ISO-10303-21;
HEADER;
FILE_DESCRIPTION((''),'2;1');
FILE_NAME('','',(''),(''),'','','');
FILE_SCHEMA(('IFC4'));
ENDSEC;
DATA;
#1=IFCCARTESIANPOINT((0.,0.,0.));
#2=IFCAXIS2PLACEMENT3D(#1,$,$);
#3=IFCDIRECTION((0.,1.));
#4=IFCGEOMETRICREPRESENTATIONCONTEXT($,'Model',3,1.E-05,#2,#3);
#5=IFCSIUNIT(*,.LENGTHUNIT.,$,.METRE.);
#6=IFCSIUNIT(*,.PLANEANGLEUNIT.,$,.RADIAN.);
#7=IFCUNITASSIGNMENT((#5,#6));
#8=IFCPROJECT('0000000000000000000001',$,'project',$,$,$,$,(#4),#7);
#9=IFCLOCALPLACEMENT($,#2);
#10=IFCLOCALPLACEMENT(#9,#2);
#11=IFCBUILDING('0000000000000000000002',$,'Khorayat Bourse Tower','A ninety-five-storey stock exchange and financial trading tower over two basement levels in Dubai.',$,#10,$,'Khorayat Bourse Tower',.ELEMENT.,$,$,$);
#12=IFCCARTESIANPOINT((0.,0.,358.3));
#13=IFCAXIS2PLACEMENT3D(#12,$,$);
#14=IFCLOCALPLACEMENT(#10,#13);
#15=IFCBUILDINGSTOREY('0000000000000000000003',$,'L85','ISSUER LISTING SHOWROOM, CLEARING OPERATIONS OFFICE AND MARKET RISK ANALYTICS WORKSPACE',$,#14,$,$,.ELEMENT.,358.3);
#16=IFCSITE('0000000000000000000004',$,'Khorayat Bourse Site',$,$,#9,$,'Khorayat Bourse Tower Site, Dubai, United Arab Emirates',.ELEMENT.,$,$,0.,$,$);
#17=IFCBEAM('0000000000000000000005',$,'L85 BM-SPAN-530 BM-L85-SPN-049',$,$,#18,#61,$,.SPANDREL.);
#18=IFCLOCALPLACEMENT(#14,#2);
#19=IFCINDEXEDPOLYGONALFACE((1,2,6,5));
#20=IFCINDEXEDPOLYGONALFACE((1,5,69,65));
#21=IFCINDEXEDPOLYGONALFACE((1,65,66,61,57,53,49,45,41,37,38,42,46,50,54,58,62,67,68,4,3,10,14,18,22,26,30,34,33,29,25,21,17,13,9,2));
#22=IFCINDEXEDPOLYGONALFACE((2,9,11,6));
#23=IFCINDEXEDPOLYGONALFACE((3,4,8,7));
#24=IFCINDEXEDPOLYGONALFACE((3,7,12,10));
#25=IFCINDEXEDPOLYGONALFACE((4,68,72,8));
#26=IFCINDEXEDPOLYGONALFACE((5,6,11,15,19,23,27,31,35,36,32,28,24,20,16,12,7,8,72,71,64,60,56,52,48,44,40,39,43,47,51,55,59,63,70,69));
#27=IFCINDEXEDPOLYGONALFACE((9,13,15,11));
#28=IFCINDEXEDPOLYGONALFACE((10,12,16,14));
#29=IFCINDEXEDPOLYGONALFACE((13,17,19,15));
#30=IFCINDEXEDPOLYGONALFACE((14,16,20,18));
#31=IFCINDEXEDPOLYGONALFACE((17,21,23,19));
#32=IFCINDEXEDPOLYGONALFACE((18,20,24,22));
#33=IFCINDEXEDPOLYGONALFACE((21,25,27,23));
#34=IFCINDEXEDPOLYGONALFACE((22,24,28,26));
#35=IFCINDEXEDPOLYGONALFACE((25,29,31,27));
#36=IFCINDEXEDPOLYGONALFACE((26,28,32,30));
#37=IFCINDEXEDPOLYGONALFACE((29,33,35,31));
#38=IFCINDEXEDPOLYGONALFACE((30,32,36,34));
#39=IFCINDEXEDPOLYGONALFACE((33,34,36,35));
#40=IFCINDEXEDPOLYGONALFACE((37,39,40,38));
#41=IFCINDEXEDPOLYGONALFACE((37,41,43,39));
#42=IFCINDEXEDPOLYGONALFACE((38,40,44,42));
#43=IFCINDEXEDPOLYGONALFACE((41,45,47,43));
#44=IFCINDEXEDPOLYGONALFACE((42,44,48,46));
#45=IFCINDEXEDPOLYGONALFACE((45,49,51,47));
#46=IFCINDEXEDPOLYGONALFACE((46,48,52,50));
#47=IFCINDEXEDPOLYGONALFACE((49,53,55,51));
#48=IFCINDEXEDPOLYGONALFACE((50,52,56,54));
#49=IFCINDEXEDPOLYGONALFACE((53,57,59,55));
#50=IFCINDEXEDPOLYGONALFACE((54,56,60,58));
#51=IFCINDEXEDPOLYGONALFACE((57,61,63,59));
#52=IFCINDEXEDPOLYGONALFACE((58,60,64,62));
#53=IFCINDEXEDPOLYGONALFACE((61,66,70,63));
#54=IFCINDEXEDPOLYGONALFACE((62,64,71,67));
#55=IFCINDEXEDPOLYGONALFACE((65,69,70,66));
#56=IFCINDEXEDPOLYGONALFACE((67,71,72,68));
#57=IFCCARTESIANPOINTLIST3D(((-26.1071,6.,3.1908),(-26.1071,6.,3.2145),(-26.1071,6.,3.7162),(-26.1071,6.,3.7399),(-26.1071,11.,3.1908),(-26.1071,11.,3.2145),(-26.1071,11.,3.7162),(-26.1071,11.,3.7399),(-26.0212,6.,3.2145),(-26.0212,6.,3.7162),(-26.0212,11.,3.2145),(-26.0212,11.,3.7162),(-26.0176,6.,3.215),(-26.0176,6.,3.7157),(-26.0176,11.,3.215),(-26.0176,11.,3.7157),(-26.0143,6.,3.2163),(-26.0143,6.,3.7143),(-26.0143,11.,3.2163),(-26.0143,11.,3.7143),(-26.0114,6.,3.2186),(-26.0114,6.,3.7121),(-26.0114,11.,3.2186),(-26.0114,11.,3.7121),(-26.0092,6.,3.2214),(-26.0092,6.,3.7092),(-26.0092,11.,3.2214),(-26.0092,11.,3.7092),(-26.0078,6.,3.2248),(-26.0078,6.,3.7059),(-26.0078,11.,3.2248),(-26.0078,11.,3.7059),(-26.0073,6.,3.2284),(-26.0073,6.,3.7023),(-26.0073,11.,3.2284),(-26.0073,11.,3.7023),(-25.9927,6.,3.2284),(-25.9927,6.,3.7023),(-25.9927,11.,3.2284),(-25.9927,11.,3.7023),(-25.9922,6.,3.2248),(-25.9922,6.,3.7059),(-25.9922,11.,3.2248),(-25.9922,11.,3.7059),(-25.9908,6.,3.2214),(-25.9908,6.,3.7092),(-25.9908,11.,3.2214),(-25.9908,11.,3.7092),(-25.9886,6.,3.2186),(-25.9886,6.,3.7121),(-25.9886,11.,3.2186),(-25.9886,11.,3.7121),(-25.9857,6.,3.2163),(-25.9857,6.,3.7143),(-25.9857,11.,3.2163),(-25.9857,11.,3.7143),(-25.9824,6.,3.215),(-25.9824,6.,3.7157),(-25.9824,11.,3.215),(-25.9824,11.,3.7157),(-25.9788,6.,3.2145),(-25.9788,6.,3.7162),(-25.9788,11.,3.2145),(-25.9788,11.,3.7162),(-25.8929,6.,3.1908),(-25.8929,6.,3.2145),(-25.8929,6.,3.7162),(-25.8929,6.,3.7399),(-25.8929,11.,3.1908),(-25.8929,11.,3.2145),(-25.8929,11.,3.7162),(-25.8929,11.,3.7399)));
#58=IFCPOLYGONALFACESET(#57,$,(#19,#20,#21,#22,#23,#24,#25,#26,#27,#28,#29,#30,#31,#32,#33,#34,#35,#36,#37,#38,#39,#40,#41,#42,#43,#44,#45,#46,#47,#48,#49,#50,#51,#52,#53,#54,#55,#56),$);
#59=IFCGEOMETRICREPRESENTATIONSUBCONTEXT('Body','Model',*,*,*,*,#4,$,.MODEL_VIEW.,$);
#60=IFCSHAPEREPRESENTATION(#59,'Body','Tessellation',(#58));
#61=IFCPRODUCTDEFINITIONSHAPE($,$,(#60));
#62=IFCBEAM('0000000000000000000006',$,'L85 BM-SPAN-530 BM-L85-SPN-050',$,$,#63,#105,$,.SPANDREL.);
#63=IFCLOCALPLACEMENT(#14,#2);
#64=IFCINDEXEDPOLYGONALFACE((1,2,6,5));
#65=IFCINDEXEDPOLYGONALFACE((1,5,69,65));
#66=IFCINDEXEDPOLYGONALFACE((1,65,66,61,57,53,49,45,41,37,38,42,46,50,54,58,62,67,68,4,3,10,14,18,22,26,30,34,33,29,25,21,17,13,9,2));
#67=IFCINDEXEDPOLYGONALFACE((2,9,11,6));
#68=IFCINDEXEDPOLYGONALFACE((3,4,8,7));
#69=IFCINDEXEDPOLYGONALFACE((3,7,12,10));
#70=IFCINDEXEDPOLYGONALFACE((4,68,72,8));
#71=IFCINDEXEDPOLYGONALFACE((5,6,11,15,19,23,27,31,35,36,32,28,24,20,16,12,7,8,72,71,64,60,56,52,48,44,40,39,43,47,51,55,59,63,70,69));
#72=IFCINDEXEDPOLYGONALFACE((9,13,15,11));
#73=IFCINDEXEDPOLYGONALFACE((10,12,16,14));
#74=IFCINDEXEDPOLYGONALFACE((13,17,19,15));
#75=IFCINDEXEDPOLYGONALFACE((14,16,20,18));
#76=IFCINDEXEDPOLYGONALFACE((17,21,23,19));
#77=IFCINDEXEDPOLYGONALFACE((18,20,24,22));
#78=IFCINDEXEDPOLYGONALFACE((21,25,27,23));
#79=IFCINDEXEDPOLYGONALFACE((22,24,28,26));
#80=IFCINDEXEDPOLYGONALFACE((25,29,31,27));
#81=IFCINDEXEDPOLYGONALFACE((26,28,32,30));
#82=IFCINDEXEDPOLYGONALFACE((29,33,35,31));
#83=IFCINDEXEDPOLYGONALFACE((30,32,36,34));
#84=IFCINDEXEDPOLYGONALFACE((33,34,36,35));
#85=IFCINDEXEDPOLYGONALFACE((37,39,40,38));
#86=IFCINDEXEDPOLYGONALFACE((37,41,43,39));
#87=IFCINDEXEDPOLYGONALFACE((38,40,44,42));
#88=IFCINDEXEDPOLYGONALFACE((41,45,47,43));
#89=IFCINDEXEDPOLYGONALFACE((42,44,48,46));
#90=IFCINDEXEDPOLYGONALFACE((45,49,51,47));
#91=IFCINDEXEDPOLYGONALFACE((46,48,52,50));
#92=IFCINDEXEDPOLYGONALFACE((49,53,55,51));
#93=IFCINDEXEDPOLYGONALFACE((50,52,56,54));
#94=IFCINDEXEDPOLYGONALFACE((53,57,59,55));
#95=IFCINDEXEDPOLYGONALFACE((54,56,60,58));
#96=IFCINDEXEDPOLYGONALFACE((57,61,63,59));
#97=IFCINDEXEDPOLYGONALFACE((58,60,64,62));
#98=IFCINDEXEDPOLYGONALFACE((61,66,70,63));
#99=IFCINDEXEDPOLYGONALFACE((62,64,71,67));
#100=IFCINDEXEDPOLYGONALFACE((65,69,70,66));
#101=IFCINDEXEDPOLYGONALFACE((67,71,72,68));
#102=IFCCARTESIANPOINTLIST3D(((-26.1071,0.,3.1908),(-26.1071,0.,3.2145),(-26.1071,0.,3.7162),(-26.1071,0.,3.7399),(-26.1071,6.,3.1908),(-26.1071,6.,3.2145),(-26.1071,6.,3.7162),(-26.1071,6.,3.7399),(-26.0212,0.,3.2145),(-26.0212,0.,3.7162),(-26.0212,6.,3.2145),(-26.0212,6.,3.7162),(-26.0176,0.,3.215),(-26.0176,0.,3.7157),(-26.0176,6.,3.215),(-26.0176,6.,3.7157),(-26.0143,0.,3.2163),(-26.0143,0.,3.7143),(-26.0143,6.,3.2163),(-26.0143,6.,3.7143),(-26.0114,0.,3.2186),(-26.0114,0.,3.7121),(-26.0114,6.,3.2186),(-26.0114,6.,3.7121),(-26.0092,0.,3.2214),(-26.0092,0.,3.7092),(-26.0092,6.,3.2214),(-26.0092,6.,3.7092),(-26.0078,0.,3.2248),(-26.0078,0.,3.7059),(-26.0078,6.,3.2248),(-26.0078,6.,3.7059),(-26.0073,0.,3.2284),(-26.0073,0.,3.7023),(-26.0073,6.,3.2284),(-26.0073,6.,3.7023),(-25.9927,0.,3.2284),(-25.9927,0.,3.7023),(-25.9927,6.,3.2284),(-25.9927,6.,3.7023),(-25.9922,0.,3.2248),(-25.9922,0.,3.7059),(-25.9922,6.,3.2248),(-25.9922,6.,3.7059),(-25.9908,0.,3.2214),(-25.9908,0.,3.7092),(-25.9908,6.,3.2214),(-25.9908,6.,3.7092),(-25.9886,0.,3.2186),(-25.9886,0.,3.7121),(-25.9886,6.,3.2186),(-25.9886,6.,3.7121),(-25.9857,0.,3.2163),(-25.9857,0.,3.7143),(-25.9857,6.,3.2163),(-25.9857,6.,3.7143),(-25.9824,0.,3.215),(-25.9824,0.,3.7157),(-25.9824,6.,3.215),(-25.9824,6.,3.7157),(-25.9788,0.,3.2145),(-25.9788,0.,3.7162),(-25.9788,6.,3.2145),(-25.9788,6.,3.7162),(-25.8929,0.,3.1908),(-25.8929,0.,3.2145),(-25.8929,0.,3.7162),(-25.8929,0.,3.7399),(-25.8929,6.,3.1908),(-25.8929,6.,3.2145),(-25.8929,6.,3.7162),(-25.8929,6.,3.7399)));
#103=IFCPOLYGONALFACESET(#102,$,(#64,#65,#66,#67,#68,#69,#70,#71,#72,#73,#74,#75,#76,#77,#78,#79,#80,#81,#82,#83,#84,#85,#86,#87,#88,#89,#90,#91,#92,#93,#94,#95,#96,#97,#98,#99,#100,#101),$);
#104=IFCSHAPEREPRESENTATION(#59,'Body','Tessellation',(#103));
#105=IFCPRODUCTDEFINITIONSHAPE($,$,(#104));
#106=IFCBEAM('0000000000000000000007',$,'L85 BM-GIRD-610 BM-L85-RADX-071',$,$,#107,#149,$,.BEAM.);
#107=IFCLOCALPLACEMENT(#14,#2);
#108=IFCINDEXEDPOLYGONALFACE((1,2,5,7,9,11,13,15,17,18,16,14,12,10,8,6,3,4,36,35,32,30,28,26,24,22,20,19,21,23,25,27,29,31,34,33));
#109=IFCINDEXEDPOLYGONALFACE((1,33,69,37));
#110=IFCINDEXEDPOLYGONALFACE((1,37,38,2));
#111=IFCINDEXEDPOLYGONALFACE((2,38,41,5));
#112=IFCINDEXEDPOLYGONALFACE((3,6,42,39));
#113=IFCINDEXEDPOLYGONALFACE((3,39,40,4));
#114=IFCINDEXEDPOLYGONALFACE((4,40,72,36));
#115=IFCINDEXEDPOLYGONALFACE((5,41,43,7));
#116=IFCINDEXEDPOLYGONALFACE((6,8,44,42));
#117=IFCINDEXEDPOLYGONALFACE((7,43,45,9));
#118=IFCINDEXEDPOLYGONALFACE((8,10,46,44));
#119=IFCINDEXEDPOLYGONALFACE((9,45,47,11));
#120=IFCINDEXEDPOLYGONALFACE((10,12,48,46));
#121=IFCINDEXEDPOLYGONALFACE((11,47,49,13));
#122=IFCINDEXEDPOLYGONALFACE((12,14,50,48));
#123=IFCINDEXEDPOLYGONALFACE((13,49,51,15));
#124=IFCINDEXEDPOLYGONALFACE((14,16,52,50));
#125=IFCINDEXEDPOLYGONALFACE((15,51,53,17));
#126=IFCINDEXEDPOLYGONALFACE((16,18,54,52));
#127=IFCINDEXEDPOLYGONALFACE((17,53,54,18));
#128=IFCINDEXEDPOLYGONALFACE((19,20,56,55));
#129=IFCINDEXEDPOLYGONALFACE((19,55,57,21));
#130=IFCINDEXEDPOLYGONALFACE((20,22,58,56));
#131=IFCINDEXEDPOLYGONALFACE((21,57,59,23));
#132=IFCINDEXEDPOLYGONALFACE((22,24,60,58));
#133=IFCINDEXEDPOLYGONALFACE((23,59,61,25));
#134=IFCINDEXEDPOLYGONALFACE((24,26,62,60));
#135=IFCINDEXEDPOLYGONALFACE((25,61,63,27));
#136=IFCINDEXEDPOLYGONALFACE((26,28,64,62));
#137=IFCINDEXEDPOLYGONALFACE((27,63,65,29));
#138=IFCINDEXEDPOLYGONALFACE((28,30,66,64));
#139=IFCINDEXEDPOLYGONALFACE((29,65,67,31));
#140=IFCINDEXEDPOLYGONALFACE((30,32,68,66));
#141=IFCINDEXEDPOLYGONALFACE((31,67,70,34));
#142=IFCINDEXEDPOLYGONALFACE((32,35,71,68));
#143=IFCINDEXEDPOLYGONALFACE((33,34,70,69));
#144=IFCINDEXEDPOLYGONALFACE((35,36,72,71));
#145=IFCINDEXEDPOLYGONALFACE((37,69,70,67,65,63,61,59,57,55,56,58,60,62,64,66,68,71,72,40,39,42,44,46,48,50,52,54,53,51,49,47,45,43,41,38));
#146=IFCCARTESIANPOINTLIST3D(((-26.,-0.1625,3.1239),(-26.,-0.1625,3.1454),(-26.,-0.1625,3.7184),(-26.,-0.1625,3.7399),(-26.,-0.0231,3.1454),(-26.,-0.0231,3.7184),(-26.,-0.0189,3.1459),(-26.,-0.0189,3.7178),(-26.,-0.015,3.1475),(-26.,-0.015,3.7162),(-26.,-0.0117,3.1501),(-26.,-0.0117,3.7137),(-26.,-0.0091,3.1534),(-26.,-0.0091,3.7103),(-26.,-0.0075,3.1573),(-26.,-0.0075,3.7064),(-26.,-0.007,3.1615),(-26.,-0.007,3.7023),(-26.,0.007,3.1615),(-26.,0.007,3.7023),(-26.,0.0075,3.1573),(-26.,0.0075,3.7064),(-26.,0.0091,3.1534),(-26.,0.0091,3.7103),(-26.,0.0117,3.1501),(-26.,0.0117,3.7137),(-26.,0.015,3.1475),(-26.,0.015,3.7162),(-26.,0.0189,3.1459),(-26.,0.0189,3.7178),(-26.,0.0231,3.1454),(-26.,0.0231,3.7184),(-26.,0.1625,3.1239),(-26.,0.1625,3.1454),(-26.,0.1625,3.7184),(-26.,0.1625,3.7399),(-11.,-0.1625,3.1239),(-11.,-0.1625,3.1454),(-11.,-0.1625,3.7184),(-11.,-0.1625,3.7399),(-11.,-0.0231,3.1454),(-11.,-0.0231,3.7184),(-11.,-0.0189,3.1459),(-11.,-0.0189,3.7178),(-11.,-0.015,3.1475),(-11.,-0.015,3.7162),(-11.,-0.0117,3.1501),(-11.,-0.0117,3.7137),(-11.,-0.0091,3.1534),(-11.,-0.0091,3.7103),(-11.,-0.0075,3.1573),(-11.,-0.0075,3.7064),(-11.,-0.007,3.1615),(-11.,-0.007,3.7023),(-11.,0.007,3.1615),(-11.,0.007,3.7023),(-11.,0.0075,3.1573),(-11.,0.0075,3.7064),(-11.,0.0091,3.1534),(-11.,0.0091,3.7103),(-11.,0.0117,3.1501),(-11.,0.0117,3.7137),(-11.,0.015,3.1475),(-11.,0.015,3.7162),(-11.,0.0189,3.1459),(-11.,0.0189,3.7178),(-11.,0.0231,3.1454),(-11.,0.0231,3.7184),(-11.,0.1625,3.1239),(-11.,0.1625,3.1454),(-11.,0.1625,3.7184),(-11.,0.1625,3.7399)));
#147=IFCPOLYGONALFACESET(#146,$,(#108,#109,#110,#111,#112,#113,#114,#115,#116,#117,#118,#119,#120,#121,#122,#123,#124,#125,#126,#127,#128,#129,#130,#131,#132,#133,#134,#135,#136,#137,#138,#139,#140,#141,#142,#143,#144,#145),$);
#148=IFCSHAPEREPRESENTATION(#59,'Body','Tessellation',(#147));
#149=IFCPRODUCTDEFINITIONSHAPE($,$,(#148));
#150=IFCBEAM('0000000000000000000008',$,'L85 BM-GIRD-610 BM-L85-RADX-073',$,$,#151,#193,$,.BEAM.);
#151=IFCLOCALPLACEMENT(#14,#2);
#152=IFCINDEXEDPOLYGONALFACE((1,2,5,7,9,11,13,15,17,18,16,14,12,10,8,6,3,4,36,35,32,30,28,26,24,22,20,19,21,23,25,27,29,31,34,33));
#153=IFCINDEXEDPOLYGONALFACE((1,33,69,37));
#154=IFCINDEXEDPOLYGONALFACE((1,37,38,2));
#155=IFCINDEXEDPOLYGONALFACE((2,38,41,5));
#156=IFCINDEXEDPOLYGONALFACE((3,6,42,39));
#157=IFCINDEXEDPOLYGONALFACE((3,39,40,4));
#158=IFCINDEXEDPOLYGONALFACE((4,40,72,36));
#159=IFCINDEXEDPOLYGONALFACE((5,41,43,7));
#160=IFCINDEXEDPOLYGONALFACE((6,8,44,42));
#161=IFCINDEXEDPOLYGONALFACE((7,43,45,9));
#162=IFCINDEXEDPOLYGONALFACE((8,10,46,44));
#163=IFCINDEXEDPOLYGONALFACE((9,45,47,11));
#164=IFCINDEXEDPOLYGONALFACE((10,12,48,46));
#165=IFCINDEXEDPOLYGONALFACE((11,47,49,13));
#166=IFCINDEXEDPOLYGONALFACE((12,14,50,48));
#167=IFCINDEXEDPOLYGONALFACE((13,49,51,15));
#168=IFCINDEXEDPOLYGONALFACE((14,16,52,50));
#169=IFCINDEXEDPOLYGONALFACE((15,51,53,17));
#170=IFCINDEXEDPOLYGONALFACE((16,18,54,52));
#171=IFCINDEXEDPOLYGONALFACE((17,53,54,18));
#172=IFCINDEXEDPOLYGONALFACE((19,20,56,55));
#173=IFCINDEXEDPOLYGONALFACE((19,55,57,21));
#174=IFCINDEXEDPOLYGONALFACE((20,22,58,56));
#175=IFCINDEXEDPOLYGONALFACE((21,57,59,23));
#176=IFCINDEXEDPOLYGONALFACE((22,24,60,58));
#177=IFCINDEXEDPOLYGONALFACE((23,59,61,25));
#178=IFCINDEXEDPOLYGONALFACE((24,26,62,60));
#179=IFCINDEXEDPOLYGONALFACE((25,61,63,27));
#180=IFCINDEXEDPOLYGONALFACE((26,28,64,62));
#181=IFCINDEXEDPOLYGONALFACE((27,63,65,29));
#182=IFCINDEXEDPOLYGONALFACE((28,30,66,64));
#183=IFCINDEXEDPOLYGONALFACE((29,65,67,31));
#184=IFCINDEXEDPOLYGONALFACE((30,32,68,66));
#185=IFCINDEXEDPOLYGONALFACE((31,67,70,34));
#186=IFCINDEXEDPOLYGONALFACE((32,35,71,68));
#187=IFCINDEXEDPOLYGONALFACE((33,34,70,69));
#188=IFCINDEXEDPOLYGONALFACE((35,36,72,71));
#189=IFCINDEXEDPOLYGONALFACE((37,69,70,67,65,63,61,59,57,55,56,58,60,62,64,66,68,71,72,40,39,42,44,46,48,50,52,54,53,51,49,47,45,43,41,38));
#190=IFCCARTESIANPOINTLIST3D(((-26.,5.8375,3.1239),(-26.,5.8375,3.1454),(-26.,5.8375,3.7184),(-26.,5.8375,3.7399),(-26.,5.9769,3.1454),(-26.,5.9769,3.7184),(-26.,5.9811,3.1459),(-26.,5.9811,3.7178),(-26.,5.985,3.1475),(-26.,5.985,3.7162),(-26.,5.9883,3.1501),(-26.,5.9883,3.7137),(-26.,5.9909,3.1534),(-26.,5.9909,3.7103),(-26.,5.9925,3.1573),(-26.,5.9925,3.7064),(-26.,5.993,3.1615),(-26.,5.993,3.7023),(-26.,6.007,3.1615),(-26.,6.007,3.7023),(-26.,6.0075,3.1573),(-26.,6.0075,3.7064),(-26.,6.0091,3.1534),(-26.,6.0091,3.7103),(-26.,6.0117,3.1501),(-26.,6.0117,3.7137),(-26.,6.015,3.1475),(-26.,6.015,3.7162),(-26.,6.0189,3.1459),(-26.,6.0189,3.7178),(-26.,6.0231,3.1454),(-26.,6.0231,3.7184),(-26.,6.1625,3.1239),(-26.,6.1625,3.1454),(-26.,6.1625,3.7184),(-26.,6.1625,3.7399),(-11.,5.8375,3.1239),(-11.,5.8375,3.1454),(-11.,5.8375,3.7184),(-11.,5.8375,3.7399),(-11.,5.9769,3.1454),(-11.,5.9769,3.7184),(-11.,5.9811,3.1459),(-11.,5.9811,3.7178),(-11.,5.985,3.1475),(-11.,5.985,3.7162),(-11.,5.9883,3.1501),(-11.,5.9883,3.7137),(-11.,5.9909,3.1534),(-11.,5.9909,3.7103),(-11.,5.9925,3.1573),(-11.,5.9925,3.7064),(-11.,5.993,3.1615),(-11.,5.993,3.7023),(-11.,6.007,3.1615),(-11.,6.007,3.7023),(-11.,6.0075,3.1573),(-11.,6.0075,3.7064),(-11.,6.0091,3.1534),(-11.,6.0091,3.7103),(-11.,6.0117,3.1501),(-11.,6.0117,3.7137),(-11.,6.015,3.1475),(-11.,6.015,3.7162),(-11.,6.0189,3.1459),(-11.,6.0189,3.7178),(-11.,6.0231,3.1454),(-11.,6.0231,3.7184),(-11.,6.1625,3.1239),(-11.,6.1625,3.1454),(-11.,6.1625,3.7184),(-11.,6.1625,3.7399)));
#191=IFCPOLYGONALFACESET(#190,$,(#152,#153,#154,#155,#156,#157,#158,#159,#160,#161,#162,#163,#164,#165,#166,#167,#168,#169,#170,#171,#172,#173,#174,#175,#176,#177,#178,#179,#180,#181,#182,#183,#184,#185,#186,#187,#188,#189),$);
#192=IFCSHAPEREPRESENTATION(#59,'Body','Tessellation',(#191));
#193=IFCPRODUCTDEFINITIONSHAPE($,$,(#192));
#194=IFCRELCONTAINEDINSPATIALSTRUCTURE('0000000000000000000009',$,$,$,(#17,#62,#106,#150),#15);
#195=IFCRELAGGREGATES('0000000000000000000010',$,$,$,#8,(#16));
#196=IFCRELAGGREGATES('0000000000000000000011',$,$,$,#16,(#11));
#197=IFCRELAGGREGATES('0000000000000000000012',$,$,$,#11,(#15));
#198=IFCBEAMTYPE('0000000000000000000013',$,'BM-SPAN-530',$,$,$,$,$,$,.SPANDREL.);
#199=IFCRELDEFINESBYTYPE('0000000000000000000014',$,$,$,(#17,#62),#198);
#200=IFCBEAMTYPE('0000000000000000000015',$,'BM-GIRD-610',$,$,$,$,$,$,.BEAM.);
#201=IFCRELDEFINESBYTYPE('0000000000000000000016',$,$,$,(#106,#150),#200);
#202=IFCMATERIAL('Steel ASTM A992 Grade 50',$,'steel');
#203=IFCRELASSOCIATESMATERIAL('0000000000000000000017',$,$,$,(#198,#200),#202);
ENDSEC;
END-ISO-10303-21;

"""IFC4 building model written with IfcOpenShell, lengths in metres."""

from ifc_helpers import new_model, si_unit, direction, frame, origin, origin_2d, place, context, subcontext, project, spatial, i_section, extrude, source, transform, mapped, material, material_profile, profile_set, type_object, element, save


model = new_model("IFC4")

# Units and contexts
model_context = context("Model", 3, precision=1e-05, world=origin(), true_north=direction((0.0, 1.0)))
body_context = subcontext(model_context, "Body", "Model", "MODEL_VIEW")
ifc_project = project(units=[si_unit("LENGTHUNIT", "METRE"), si_unit("PLANEANGLEUNIT", "RADIAN")], contexts=[model_context])

# Site, building, storey
site_placement = place(None, origin())
site = spatial("IfcSite", under=ifc_project, at=site_placement, Name="Khorayat Bourse Site", LongName="Khorayat Bourse Tower Site, Dubai, United Arab Emirates", CompositionType="ELEMENT", RefElevation=0.0)
building_placement = place(site_placement, origin())
building = spatial("IfcBuilding", under=site, at=building_placement, Name="Khorayat Bourse Tower", Description="A ninety-five-storey stock exchange and financial trading tower over two basement levels in Dubai.", LongName="Khorayat Bourse Tower", CompositionType="ELEMENT")
storey_placement = place(building_placement, frame((0.0, 0.0, 358.3)))
storey = spatial("IfcBuildingStorey", under=building, at=storey_placement, Name="L85", Description="ISSUER LISTING SHOWROOM, CLEARING OPERATIONS OFFICE AND MARKET RISK ANALYTICS WORKSPACE", CompositionType="ELEMENT", Elevation=358.3)

# Beams
ifc_material_1 = material(Name="Steel ASTM A992 Grade 50", Category="steel")
ifc_material_profile_1 = material_profile(ifc_material_1, i_section(OverallWidth=0.2141, OverallDepth=0.5491, WebThickness=0.0146, FlangeThickness=0.0237, FilletRadius=0.0139, at=origin_2d()), Name="W530X138")
ifc_profile_set_1 = profile_set([ifc_material_profile_1], Name="Steel ASTM A992 Grade 50")
beam_type_1 = type_object("IfcBeamType", Name="BM-SPAN-530", PredefinedType="SPANDREL", material=ifc_profile_set_1)
shared_shape_1 = source(origin(), body_context, "Body", "SweptSolid", [
    extrude(i_section(OverallWidth=0.2141, OverallDepth=0.5491, WebThickness=0.0146, FlangeThickness=0.0237, FilletRadius=0.0139, at=origin_2d()), origin(), (0.0, 0.0, 1.0), 5.0),
])
beam_1_placement = place(storey_placement, frame((-26.0, 6.0, 3.4653), z_axis=(0.0, 1.0, 0.0), x_axis=(-1.0, 0.0, 0.0)))
element("IfcBeam", 1, at=beam_1_placement, inside=storey, type_object=beam_type_1, Name="L85 BM-SPAN-530 BM-L85-SPN-049", PredefinedType="SPANDREL", context=body_context, shape_type="MappedRepresentation", body=[
    mapped(shared_shape_1, transform((0.0, 0.0, 0.0), scale=1.0)),
])
shared_shape_2 = source(origin(), body_context, "Body", "SweptSolid", [
    extrude(i_section(OverallWidth=0.2141, OverallDepth=0.5491, WebThickness=0.0146, FlangeThickness=0.0237, FilletRadius=0.0139, at=origin_2d()), origin(), (0.0, 0.0, 1.0), 6.0),
])
beam_2_placement = place(storey_placement, frame((-26.0, 0.0, 3.4653), z_axis=(0.0, 1.0, 0.0), x_axis=(-1.0, 0.0, 0.0)))
element("IfcBeam", 2, at=beam_2_placement, inside=storey, type_object=beam_type_1, Name="L85 BM-SPAN-530 BM-L85-SPN-050", PredefinedType="SPANDREL", context=body_context, shape_type="MappedRepresentation", body=[
    mapped(shared_shape_2, transform((0.0, 0.0, 0.0), scale=1.0)),
])
ifc_material_profile_2 = material_profile(ifc_material_1, i_section(OverallWidth=0.325, OverallDepth=0.616, WebThickness=0.0139, FlangeThickness=0.0215, FilletRadius=0.0161, at=origin_2d()), Name="W610X174")
ifc_profile_set_2 = profile_set([ifc_material_profile_2], Name="Steel ASTM A992 Grade 50")
beam_type_2 = type_object("IfcBeamType", Name="BM-GIRD-610", PredefinedType="BEAM", material=ifc_profile_set_2)
shared_shape_3 = source(origin(), body_context, "Body", "SweptSolid", [
    extrude(i_section(OverallWidth=0.325, OverallDepth=0.616, WebThickness=0.0139, FlangeThickness=0.0215, FilletRadius=0.0161, at=origin_2d()), origin(), (0.0, 0.0, 1.0), 15.0),
])
for number, where, z_axis, x_axis, name in (
    (3, (-26.0, 0.0, 3.4319), (1.0, 0.0, 0.0), (0.0, 1.0, 0.0), "L85 BM-GIRD-610 BM-L85-RADX-071"),
    (4, (-26.0, 6.0, 3.4319), (1.0, 0.0, 0.0), (0.0, 1.0, 0.0), "L85 BM-GIRD-610 BM-L85-RADX-073"),
):
    element("IfcBeam", number, at=place(storey_placement, frame(where, z_axis=z_axis, x_axis=x_axis)), inside=storey, type_object=beam_type_2, Name=name, PredefinedType="BEAM", context=body_context, shape_type="MappedRepresentation", body=[
        mapped(shared_shape_3, transform((0.0, 0.0, 0.0), scale=1.0)),
    ])

save(model, "model.ifc")
